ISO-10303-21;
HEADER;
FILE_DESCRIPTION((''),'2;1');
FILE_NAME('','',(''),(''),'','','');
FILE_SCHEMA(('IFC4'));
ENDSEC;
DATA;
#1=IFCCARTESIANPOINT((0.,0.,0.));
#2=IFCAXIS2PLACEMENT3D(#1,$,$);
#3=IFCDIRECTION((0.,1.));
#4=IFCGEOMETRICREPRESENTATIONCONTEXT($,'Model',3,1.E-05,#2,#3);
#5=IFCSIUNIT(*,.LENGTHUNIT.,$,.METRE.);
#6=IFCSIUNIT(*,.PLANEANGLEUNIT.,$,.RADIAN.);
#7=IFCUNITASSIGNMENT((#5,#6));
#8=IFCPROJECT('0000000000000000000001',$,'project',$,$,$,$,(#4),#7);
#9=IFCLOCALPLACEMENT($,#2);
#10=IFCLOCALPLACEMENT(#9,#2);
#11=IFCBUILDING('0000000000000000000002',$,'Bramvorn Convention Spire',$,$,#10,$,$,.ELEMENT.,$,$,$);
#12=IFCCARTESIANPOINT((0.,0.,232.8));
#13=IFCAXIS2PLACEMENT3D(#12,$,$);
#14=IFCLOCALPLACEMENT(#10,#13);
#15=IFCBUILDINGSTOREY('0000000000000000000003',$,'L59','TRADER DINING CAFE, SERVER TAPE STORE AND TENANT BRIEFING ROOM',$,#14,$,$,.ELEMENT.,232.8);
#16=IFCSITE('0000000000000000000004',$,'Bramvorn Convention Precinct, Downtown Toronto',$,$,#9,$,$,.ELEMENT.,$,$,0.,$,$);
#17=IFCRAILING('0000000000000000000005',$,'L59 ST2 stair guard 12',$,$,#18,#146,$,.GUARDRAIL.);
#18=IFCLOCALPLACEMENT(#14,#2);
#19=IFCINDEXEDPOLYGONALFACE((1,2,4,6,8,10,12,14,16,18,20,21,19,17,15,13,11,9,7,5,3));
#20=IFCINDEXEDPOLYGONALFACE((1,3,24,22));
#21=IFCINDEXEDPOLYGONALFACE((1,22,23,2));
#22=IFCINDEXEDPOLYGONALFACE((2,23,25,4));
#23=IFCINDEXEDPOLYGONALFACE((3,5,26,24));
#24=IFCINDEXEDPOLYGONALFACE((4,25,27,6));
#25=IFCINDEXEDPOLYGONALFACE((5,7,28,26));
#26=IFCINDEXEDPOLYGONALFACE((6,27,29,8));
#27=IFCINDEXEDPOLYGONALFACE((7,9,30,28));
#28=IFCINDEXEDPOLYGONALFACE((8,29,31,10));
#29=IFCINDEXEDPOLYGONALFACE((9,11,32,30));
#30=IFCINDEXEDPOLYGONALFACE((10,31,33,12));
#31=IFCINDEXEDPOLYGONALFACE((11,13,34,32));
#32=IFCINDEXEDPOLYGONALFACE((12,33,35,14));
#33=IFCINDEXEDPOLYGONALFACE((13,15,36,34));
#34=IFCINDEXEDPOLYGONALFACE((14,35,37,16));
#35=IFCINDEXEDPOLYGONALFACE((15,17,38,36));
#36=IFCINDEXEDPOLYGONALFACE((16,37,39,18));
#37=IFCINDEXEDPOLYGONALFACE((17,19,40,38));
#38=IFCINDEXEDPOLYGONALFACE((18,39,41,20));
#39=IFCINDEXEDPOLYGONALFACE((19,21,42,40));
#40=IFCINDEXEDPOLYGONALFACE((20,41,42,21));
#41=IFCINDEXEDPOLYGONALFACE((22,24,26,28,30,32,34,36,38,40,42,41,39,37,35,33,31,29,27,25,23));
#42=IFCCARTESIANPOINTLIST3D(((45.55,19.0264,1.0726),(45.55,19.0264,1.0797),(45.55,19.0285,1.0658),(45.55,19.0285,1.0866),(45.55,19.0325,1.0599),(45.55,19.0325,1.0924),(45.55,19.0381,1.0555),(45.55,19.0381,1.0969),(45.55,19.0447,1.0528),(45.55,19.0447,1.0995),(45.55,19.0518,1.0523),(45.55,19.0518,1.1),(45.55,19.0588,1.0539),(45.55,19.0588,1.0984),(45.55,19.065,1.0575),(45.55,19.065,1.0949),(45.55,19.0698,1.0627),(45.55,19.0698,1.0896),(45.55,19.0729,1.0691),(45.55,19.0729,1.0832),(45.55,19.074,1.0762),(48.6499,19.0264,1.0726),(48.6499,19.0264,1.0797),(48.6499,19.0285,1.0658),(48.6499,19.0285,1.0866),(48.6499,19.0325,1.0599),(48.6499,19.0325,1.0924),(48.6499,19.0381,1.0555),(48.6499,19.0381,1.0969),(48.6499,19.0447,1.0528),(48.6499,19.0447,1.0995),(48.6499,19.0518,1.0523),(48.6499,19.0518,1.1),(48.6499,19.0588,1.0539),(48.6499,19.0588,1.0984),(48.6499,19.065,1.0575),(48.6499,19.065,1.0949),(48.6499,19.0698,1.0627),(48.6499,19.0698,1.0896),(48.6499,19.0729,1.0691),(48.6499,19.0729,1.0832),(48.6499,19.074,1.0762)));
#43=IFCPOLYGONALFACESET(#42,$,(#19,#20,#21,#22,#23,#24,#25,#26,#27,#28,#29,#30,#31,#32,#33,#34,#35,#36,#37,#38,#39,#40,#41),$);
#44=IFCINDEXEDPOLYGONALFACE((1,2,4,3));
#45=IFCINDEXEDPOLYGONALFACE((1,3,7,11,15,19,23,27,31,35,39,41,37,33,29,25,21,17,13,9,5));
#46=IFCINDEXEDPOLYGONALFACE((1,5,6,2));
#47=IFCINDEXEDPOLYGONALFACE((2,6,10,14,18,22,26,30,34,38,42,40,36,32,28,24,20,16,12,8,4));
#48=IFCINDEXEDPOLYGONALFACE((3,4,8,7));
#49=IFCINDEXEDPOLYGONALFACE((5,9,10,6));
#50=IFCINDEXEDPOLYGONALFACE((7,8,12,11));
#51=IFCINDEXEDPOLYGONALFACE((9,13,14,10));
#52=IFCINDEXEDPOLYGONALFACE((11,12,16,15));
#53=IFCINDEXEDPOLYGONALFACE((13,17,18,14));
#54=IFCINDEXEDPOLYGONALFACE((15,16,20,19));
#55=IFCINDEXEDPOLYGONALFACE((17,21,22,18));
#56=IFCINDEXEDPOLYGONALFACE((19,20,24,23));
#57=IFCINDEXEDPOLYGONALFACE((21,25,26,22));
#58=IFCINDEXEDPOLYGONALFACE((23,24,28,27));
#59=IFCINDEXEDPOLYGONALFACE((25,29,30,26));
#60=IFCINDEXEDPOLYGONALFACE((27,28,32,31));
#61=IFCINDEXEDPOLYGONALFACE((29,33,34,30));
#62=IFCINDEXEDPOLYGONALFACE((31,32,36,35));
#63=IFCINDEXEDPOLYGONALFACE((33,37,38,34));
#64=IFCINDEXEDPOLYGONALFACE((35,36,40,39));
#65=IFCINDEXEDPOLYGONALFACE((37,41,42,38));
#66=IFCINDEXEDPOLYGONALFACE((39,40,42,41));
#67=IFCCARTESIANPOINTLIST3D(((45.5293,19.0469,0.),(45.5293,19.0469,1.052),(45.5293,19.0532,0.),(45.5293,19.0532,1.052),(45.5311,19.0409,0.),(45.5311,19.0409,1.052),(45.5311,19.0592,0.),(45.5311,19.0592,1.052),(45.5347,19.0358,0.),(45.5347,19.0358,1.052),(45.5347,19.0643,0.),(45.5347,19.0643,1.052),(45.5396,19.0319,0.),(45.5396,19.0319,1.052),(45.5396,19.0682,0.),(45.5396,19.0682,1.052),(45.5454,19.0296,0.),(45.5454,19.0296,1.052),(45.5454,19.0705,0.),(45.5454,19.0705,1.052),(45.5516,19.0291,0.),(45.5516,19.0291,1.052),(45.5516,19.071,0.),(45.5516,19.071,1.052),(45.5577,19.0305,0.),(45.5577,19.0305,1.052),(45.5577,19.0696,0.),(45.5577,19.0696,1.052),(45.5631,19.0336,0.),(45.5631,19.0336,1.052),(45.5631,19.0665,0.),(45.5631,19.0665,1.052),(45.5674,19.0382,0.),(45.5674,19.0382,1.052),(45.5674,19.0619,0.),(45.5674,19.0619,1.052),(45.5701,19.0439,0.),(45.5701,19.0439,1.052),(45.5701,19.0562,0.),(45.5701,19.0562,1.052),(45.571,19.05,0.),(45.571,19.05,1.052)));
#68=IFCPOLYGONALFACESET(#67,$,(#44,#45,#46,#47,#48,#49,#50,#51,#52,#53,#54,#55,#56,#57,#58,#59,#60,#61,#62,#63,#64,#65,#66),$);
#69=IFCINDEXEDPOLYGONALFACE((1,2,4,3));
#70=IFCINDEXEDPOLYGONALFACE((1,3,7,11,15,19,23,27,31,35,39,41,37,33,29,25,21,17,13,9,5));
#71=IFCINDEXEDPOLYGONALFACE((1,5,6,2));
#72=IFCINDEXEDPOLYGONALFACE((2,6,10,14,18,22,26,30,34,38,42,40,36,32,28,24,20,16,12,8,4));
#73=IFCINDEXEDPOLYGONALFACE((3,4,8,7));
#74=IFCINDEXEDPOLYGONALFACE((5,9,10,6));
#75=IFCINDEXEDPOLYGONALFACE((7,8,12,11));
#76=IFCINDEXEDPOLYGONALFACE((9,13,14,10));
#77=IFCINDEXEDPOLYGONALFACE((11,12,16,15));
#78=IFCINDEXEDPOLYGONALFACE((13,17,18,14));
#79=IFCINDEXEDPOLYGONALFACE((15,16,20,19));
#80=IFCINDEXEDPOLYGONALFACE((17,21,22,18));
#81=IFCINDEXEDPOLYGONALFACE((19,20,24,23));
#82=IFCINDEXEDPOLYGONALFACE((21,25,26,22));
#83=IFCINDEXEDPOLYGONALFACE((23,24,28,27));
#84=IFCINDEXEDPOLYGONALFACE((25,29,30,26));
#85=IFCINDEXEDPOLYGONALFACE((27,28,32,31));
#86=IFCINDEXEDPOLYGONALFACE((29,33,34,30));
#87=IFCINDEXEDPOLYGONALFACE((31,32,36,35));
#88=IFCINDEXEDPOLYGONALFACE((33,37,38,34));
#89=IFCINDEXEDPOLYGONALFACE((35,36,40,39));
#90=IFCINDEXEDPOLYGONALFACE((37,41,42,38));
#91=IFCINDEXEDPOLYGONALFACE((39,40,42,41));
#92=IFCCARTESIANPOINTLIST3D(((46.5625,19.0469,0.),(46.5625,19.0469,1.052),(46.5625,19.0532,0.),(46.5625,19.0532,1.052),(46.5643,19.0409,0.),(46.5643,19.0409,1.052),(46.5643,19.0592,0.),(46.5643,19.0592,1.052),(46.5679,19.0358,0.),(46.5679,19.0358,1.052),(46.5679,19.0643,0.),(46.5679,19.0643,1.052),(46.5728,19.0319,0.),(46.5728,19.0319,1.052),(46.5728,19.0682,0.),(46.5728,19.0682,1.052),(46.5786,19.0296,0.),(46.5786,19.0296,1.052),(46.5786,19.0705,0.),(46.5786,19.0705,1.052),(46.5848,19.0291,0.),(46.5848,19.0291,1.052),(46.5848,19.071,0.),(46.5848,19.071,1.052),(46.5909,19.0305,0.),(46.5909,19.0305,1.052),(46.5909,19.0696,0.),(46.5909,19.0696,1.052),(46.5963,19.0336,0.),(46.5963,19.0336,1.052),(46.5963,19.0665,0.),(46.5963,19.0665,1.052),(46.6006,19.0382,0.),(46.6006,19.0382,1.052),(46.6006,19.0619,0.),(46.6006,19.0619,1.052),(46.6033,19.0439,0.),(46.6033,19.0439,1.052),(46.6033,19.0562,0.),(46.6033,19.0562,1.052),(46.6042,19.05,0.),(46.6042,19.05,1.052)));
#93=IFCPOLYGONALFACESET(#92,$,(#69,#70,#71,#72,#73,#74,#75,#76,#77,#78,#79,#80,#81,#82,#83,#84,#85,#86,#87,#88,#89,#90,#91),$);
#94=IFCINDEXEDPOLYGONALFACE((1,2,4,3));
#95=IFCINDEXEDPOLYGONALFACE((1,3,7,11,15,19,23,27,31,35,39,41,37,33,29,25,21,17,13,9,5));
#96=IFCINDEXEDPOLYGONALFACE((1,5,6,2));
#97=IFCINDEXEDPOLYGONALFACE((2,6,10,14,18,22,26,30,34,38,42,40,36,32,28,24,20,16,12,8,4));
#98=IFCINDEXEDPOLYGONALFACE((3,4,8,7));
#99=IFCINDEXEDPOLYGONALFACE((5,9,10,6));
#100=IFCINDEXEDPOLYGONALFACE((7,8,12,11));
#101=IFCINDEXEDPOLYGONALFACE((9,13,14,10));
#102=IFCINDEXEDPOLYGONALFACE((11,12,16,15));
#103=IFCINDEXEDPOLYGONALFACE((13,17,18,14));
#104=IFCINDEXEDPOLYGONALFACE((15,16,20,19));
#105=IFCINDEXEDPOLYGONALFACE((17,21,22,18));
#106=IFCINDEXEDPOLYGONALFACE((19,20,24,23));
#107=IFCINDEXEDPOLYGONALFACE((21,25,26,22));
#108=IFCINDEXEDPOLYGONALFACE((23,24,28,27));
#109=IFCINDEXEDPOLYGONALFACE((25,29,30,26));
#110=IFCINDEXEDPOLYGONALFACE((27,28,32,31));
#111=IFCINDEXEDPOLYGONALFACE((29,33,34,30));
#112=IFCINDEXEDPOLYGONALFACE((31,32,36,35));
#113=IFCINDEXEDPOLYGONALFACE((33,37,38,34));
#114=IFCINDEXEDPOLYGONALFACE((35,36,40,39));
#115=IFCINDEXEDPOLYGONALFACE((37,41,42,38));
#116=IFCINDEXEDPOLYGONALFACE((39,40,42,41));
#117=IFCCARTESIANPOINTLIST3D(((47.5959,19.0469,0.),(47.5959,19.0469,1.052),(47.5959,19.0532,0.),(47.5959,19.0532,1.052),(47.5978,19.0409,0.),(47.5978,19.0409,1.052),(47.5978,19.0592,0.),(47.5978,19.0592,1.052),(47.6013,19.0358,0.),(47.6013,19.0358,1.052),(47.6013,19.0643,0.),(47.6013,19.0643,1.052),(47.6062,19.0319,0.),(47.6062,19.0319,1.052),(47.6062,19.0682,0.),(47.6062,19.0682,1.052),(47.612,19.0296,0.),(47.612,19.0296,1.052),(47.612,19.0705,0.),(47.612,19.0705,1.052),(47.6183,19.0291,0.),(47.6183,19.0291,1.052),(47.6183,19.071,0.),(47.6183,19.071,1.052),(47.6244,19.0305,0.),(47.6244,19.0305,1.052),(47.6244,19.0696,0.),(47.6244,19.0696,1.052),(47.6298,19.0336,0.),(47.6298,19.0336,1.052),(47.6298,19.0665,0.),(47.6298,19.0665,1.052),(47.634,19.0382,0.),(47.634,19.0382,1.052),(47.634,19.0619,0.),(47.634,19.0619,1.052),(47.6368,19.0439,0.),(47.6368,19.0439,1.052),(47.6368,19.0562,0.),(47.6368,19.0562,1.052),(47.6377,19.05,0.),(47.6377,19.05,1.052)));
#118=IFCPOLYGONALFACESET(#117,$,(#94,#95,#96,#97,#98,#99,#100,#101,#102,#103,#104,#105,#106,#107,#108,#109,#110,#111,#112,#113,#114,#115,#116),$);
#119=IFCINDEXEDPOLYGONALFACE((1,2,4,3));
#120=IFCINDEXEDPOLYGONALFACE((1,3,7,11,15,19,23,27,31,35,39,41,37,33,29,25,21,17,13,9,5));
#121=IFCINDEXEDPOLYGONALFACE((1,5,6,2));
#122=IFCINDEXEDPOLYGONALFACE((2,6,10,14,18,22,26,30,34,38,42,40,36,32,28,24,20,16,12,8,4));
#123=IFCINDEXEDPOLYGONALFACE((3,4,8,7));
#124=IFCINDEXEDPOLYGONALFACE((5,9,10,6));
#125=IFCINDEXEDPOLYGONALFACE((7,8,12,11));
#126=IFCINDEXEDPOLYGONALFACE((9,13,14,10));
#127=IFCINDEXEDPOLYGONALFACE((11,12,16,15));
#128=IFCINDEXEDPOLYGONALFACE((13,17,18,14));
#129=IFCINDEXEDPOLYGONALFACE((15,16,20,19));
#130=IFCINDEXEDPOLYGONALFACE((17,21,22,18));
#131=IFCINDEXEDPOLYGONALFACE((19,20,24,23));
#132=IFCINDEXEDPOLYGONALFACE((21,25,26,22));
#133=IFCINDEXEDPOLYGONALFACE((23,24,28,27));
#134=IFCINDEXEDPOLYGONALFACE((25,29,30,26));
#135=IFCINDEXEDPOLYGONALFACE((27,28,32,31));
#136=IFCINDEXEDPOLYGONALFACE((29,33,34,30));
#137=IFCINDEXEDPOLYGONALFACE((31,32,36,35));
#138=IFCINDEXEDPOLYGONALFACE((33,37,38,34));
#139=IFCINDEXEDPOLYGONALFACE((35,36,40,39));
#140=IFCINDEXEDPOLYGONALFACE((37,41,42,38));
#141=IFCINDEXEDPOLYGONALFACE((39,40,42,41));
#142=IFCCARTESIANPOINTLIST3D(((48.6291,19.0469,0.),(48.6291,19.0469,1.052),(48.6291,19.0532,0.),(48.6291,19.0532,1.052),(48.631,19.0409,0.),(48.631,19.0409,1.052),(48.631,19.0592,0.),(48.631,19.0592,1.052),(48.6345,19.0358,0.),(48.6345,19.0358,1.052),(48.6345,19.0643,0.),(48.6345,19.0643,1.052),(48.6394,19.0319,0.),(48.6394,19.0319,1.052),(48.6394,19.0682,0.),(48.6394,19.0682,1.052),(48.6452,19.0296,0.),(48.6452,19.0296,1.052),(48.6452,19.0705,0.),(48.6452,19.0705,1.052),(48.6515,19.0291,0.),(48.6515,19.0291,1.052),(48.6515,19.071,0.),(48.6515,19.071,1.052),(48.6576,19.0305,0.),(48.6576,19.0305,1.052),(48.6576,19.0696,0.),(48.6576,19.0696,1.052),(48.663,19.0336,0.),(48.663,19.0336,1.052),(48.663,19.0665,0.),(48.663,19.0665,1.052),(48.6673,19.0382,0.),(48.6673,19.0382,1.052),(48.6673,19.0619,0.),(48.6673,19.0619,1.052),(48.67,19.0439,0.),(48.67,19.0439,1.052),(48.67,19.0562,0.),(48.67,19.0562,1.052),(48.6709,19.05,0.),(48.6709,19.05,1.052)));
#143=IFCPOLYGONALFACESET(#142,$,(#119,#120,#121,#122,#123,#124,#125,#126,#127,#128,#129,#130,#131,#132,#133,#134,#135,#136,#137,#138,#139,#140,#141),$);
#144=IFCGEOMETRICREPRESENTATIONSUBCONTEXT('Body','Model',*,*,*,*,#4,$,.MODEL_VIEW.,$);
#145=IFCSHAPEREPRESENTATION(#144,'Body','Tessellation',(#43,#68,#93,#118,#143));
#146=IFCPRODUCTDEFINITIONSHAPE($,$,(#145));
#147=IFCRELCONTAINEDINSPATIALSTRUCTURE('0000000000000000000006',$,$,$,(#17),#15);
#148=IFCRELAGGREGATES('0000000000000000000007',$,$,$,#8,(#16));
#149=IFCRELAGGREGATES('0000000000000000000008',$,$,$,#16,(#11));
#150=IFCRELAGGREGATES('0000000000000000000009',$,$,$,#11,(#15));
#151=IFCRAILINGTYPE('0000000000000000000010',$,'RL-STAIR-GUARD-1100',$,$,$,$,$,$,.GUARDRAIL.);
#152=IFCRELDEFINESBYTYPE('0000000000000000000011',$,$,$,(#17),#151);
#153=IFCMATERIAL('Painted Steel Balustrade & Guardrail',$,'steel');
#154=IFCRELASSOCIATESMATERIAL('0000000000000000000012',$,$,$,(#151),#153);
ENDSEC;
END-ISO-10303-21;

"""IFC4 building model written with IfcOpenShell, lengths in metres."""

from ifc_helpers import new_model, si_unit, direction, frame, origin, origin_2d, place, context, subcontext, project, spatial, circle, extrude, material, type_object, element, save


model = new_model("IFC4")

# Units and contexts
model_context = context("Model", 3, precision=1e-05, world=origin(), true_north=direction((0.0, 1.0)))
body_context = subcontext(model_context, "Body", "Model", "MODEL_VIEW")
ifc_project = project(units=[si_unit("LENGTHUNIT", "METRE"), si_unit("PLANEANGLEUNIT", "RADIAN")], contexts=[model_context])

# Site, building, storey
site_placement = place(None, origin())
site = spatial("IfcSite", under=ifc_project, at=site_placement, Name="Bramvorn Convention Precinct, Downtown Toronto", CompositionType="ELEMENT", RefElevation=0.0)
building_placement = place(site_placement, origin())
building = spatial("IfcBuilding", under=site, at=building_placement, Name="Bramvorn Convention Spire", CompositionType="ELEMENT")
storey_placement = place(building_placement, frame((0.0, 0.0, 232.8)))
storey = spatial("IfcBuildingStorey", under=building, at=storey_placement, Name="L59", Description="TRADER DINING CAFE, SERVER TAPE STORE AND TENANT BRIEFING ROOM", CompositionType="ELEMENT", Elevation=232.8)

# Railing
ifc_material_1 = material(Name="Painted Steel Balustrade & Guardrail", Category="steel")
railing_type = type_object("IfcRailingType", Name="RL-STAIR-GUARD-1100", PredefinedType="GUARDRAIL", material=ifc_material_1)
railing_1_placement = place(storey_placement, frame((45.55, 19.05, 0.0)))
element("IfcRailing", 1, at=railing_1_placement, inside=storey, type_object=railing_type, Name="L59 ST2 stair guard 12", PredefinedType="GUARDRAIL", context=body_context, shape_type="SweptSolid", body=[
    extrude(circle(Radius=0.0239, at=origin_2d()), frame((0.0, 0.0, 1.0762), z_axis=(1.0, 0.0, 0.0), x_axis=(0.0, 1.0, 0.0)), (0.0, 0.0, 1.0), 3.0999),
    extrude(circle(Radius=0.021, at=origin_2d()), origin(), (0.0, 0.0, 1.0), 1.052),
    extrude(circle(Radius=0.021, at=origin_2d()), frame((1.0332, 0.0, 0.0)), (0.0, 0.0, 1.0), 1.052),
    extrude(circle(Radius=0.021, at=origin_2d()), frame((2.0667, 0.0, 0.0)), (0.0, 0.0, 1.0), 1.052),
    extrude(circle(Radius=0.021, at=origin_2d()), frame((3.0999, 0.0, 0.0)), (0.0, 0.0, 1.0), 1.052),
])

save(model, "model.ifc")
